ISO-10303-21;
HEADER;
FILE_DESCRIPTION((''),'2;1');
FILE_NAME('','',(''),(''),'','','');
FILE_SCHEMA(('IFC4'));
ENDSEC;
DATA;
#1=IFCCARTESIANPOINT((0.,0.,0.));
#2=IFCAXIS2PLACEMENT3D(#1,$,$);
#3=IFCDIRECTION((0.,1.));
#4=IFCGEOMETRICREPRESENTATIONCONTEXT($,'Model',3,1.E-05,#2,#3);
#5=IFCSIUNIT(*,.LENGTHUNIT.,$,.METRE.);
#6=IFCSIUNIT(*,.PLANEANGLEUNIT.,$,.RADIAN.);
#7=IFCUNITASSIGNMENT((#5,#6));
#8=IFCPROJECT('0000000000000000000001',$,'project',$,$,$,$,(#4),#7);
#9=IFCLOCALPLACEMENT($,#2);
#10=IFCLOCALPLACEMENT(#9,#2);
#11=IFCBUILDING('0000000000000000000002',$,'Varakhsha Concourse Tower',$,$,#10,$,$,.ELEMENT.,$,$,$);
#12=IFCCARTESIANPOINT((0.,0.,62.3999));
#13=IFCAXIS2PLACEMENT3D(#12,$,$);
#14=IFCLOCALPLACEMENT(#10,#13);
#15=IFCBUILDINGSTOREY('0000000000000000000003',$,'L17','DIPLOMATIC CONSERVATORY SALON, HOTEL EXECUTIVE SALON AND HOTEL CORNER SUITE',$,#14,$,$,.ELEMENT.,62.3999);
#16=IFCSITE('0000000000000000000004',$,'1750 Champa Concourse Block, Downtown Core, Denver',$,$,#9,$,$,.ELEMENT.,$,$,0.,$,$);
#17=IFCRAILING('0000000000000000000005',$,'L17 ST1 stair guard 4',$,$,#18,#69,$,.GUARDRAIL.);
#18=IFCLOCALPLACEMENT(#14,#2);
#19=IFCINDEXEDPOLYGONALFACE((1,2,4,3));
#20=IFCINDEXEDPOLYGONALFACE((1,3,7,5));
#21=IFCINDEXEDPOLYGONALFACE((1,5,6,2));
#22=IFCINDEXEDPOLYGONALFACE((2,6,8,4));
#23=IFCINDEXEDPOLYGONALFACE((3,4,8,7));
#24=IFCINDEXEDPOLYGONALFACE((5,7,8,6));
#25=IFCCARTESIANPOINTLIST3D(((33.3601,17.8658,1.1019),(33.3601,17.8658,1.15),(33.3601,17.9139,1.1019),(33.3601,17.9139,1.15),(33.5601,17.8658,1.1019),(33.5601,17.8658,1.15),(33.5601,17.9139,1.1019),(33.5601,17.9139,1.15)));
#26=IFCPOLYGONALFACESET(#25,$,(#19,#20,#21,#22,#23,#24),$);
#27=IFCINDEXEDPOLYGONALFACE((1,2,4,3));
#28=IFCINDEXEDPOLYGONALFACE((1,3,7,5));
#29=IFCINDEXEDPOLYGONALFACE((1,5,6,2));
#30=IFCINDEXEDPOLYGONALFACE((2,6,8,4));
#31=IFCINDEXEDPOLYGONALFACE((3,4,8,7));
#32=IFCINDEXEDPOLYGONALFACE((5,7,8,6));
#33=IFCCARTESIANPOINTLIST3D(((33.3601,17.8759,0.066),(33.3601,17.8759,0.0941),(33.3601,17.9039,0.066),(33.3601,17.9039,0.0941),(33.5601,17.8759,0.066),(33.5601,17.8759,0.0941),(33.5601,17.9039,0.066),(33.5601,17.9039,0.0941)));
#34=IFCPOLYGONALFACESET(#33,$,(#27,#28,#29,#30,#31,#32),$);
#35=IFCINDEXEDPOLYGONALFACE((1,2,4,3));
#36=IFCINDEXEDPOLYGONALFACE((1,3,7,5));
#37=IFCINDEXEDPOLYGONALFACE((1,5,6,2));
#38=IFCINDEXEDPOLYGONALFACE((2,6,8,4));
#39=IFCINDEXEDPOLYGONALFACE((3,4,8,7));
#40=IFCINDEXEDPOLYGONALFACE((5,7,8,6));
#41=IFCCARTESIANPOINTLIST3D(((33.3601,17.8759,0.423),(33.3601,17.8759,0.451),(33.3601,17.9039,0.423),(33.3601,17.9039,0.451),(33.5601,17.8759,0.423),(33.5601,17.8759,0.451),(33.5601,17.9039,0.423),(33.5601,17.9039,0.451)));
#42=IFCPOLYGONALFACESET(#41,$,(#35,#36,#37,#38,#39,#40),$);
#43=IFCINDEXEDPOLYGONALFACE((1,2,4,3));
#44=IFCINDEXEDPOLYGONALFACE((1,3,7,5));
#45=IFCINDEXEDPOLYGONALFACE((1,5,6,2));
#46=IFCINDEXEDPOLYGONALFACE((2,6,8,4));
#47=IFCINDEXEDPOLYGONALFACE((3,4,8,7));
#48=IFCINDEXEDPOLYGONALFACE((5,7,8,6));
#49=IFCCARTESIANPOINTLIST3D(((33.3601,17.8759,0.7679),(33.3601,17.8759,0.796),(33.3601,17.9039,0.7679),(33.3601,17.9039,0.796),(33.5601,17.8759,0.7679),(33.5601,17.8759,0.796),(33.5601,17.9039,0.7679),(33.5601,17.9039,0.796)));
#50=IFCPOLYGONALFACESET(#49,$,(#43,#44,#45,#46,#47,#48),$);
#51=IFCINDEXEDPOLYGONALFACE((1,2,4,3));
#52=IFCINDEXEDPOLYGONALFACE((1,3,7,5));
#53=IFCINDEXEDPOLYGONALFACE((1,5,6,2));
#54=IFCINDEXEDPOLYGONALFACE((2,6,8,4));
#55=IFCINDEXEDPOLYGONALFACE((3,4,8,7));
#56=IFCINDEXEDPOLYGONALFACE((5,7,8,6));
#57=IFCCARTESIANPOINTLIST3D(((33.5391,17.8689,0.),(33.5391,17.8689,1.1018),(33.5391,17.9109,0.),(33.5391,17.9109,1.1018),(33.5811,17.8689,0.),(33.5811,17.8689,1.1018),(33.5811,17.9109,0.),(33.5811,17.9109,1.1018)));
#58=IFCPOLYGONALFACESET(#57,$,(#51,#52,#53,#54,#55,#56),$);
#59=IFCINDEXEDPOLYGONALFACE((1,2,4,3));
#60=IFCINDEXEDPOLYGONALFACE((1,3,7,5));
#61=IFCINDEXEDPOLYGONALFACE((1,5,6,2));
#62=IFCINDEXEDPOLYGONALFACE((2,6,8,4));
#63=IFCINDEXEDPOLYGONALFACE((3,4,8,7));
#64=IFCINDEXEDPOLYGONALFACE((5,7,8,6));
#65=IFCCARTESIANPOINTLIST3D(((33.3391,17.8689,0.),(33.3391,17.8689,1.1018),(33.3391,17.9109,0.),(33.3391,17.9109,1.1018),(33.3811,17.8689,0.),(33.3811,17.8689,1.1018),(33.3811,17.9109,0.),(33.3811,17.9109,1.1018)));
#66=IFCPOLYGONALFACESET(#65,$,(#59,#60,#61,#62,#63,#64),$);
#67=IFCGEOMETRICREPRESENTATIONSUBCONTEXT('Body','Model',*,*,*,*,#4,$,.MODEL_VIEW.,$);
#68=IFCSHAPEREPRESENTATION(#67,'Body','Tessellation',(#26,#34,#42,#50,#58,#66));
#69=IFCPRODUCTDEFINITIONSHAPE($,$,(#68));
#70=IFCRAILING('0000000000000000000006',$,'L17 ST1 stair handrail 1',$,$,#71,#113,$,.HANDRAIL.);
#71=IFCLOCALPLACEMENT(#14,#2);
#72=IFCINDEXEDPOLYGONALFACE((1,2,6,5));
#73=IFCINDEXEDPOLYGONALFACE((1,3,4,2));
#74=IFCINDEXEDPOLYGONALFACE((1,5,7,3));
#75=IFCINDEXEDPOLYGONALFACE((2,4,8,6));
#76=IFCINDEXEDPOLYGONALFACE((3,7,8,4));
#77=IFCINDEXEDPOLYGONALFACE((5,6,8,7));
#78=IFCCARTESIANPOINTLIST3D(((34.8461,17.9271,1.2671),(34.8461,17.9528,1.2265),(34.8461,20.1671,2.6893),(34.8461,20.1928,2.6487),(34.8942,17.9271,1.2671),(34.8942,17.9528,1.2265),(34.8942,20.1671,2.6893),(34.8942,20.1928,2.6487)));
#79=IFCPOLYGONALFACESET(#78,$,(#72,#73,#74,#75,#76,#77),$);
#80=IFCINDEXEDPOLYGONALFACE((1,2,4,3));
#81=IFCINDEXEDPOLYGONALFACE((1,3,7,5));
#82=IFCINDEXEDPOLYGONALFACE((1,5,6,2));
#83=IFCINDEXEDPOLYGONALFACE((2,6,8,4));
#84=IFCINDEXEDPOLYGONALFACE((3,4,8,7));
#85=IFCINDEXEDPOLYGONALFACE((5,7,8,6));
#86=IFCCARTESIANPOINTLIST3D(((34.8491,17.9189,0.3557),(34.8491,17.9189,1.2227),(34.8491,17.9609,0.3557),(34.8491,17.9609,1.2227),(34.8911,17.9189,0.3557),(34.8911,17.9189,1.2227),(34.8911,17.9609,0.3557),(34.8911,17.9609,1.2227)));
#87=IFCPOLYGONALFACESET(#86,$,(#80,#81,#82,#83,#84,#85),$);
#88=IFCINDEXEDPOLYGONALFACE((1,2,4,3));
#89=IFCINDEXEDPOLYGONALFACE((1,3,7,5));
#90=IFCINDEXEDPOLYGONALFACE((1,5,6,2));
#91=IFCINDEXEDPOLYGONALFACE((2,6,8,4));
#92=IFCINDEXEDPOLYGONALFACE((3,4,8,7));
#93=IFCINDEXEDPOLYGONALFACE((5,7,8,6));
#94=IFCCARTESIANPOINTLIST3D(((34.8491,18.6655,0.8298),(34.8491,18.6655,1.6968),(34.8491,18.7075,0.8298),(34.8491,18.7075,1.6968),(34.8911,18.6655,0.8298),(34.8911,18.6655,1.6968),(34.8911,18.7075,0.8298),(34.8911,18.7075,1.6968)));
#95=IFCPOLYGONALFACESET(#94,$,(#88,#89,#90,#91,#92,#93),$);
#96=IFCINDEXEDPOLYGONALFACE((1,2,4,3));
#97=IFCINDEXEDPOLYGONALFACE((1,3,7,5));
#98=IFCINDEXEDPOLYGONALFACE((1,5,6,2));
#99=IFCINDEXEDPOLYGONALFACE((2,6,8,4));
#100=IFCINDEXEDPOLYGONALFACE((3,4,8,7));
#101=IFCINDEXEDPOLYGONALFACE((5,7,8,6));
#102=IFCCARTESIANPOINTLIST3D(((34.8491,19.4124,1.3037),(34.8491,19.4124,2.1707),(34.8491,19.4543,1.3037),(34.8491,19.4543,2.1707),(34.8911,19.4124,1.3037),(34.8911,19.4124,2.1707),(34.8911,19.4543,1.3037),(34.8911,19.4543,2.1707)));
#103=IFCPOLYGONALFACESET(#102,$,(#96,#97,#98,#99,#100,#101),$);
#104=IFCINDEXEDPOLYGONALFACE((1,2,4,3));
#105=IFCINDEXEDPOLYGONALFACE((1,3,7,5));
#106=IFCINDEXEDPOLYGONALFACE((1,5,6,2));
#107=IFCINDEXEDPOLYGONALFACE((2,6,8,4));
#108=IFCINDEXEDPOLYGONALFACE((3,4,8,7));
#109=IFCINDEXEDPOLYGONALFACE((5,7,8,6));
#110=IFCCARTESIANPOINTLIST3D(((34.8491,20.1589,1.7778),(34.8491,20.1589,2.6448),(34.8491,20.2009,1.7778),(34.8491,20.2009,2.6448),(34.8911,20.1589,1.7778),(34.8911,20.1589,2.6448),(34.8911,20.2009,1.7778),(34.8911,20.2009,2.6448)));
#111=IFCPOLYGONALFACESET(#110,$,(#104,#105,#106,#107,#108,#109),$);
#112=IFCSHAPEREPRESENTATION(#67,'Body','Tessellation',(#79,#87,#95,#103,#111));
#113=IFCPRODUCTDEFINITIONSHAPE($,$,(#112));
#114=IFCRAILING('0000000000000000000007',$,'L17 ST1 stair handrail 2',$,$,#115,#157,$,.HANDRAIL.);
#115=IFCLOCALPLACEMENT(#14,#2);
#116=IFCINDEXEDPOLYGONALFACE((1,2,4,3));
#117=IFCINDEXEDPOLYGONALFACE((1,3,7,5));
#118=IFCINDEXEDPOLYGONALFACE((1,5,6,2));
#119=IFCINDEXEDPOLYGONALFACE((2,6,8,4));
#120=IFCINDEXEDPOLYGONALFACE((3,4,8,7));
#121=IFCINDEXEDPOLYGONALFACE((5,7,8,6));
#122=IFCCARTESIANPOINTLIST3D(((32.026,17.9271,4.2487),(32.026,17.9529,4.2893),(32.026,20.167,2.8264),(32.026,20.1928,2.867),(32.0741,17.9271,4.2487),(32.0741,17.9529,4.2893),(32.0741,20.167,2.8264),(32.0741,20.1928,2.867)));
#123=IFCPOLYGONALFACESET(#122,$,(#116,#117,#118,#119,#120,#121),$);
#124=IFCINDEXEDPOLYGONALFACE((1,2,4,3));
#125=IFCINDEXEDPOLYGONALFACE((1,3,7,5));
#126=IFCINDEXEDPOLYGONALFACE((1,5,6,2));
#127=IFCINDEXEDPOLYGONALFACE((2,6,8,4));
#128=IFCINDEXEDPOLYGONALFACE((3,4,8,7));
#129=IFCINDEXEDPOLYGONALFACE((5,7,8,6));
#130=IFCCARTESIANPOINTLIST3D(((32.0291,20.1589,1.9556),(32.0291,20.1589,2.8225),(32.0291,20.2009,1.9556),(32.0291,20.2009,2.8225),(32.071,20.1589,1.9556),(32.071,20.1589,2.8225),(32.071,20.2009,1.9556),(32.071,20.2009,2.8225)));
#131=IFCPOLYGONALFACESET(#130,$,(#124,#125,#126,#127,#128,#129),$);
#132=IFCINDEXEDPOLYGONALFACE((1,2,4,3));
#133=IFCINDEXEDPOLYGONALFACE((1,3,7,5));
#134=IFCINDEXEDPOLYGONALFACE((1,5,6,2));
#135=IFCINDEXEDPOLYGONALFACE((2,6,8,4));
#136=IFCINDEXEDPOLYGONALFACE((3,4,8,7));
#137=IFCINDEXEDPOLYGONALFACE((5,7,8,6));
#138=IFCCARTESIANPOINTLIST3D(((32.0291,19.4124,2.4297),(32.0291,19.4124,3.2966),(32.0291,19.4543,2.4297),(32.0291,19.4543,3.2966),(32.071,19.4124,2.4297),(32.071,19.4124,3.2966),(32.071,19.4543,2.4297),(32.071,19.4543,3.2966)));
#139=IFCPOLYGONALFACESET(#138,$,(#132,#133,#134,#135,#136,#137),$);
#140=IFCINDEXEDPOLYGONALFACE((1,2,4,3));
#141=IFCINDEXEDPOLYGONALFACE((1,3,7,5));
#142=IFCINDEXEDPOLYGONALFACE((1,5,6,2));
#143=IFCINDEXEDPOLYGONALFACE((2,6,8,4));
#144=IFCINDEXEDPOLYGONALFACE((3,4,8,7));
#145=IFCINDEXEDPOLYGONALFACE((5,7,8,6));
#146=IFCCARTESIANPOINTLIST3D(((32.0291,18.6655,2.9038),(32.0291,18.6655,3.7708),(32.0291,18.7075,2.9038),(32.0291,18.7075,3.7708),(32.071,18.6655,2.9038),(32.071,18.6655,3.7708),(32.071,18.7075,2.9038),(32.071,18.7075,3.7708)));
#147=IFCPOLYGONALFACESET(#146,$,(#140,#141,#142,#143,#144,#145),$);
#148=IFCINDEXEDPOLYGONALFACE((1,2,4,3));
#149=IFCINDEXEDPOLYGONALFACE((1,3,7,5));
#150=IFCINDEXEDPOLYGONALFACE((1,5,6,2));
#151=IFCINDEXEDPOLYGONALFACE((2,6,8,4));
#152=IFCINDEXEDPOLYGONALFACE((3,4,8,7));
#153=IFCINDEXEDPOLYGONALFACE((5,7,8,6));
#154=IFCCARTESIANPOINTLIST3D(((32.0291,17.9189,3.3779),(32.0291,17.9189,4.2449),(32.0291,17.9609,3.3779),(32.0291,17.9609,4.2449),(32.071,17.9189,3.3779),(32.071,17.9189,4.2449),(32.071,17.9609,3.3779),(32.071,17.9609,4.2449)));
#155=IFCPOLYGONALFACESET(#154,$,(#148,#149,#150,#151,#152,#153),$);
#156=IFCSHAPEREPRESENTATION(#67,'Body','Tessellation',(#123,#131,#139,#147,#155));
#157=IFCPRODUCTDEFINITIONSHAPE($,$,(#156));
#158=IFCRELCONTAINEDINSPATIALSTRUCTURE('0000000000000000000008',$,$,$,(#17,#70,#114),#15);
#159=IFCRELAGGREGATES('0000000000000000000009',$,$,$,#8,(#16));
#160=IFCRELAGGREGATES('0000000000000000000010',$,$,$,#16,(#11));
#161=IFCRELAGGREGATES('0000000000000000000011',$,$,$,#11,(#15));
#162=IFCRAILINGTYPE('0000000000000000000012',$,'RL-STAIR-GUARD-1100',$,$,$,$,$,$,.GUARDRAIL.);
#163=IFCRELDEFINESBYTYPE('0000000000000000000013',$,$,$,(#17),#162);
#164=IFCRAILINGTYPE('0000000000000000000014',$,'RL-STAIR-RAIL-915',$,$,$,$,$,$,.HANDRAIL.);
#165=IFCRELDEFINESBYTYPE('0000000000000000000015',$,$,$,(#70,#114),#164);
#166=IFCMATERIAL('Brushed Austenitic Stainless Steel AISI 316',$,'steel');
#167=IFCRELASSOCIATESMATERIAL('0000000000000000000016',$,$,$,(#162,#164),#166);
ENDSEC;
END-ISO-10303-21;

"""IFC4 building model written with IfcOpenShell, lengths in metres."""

from ifc_helpers import new_model, si_unit, direction, frame, origin, origin_2d, place, context, subcontext, project, spatial, rectangle, extrude, material, type_object, element, save


model = new_model("IFC4")

# Units and contexts
model_context = context("Model", 3, precision=1e-05, world=origin(), true_north=direction((0.0, 1.0)))
body_context = subcontext(model_context, "Body", "Model", "MODEL_VIEW")
ifc_project = project(units=[si_unit("LENGTHUNIT", "METRE"), si_unit("PLANEANGLEUNIT", "RADIAN")], contexts=[model_context])

# Site, building, storey
site_placement = place(None, origin())
site = spatial("IfcSite", under=ifc_project, at=site_placement, Name="1750 Champa Concourse Block, Downtown Core, Denver", CompositionType="ELEMENT", RefElevation=0.0)
building_placement = place(site_placement, origin())
building = spatial("IfcBuilding", under=site, at=building_placement, Name="Varakhsha Concourse Tower", CompositionType="ELEMENT")
storey_placement = place(building_placement, frame((0.0, 0.0, 62.3999)))
storey = spatial("IfcBuildingStorey", under=building, at=storey_placement, Name="L17", Description="DIPLOMATIC CONSERVATORY SALON, HOTEL EXECUTIVE SALON AND HOTEL CORNER SUITE", CompositionType="ELEMENT", Elevation=62.3999)

# Railings
ifc_material_1 = material(Name="Brushed Austenitic Stainless Steel AISI 316", Category="steel")
railing_type_1 = type_object("IfcRailingType", Name="RL-STAIR-GUARD-1100", PredefinedType="GUARDRAIL", material=ifc_material_1)
railing_1_placement = place(storey_placement, frame((33.5601, 17.8899, 0.0)))
element("IfcRailing", 1, at=railing_1_placement, inside=storey, type_object=railing_type_1, Name="L17 ST1 stair guard 4", PredefinedType="GUARDRAIL", context=body_context, shape_type="SweptSolid", body=[
    extrude(rectangle(XDim=0.0481, YDim=0.0481, at=origin_2d()), frame((0.0, 0.0, 1.126), z_axis=(-1.0, 0.0, 0.0), x_axis=(0.0, -1.0, 0.0)), (0.0, 0.0, 1.0), 0.2),
    extrude(rectangle(XDim=0.0281, YDim=0.0281, at=origin_2d()), frame((0.0, 0.0, 0.0801), z_axis=(-1.0, 0.0, 0.0), x_axis=(0.0, -1.0, 0.0)), (0.0, 0.0, 1.0), 0.2),
    extrude(rectangle(XDim=0.0281, YDim=0.0281, at=origin_2d()), frame((0.0, 0.0, 0.437), z_axis=(-1.0, 0.0, 0.0), x_axis=(0.0, -1.0, 0.0)), (0.0, 0.0, 1.0), 0.2),
    extrude(rectangle(XDim=0.0281, YDim=0.0281, at=origin_2d()), frame((0.0, 0.0, 0.782), z_axis=(-1.0, 0.0, 0.0), x_axis=(0.0, -1.0, 0.0)), (0.0, 0.0, 1.0), 0.2),
    extrude(rectangle(XDim=0.042, YDim=0.042, at=origin_2d()), origin(), (0.0, 0.0, 1.0), 1.1018),
    extrude(rectangle(XDim=0.042, YDim=0.042, at=origin_2d()), frame((-0.2, 0.0, 0.0)), (0.0, 0.0, 1.0), 1.1018),
])
railing_type_2 = type_object("IfcRailingType", Name="RL-STAIR-RAIL-915", PredefinedType="HANDRAIL", material=ifc_material_1)
railing_2_placement = place(storey_placement, frame((34.8701, 17.9399, 0.3557)))
element("IfcRailing", 2, at=railing_2_placement, inside=storey, type_object=railing_type_2, Name="L17 ST1 stair handrail 1", PredefinedType="HANDRAIL", context=body_context, shape_type="SweptSolid", body=[
    extrude(rectangle(XDim=0.0481, YDim=0.0481, at=origin_2d()), frame((0.0, 0.0, 0.8911), z_axis=(0.0, 0.844229, 0.535982), x_axis=(-1.0, 0.0, 0.0)), (0.0, 0.0, 1.0), 2.6533),
    extrude(rectangle(XDim=0.042, YDim=0.042, at=origin_2d()), origin(), (0.0, 0.0, 1.0), 0.8669),
    extrude(rectangle(XDim=0.042, YDim=0.042, at=origin_2d()), frame((0.0, 0.7466, 0.4741)), (0.0, 0.0, 1.0), 0.8669),
    extrude(rectangle(XDim=0.042, YDim=0.042, at=origin_2d()), frame((0.0, 1.4934, 0.948)), (0.0, 0.0, 1.0), 0.8669),
    extrude(rectangle(XDim=0.042, YDim=0.042, at=origin_2d()), frame((0.0, 2.24, 1.4221)), (0.0, 0.0, 1.0), 0.8669),
])
railing_3_placement = place(storey_placement, frame((32.05, 20.1799, 1.9556)))
element("IfcRailing", 3, at=railing_3_placement, inside=storey, type_object=railing_type_2, Name="L17 ST1 stair handrail 2", PredefinedType="HANDRAIL", context=body_context, shape_type="SweptSolid", body=[
    extrude(rectangle(XDim=0.0481, YDim=0.0481, at=origin_2d()), frame((0.0, 0.0, 0.8911), z_axis=(0.0, -0.844188, 0.536048), x_axis=(1.0, 0.0, 0.0)), (0.0, 0.0, 1.0), 2.6533),
    extrude(rectangle(XDim=0.042, YDim=0.042, at=origin_2d()), origin(), (0.0, 0.0, 1.0), 0.8669),
    extrude(rectangle(XDim=0.042, YDim=0.042, at=origin_2d()), frame((0.0, -0.7466, 0.4741)), (0.0, 0.0, 1.0), 0.8669),
    extrude(rectangle(XDim=0.042, YDim=0.042, at=origin_2d()), frame((0.0, -1.4934, 0.9482)), (0.0, 0.0, 1.0), 0.8669),
    extrude(rectangle(XDim=0.042, YDim=0.042, at=origin_2d()), frame((0.0, -2.24, 1.4224)), (0.0, 0.0, 1.0), 0.8669),
])

save(model, "model.ifc")
